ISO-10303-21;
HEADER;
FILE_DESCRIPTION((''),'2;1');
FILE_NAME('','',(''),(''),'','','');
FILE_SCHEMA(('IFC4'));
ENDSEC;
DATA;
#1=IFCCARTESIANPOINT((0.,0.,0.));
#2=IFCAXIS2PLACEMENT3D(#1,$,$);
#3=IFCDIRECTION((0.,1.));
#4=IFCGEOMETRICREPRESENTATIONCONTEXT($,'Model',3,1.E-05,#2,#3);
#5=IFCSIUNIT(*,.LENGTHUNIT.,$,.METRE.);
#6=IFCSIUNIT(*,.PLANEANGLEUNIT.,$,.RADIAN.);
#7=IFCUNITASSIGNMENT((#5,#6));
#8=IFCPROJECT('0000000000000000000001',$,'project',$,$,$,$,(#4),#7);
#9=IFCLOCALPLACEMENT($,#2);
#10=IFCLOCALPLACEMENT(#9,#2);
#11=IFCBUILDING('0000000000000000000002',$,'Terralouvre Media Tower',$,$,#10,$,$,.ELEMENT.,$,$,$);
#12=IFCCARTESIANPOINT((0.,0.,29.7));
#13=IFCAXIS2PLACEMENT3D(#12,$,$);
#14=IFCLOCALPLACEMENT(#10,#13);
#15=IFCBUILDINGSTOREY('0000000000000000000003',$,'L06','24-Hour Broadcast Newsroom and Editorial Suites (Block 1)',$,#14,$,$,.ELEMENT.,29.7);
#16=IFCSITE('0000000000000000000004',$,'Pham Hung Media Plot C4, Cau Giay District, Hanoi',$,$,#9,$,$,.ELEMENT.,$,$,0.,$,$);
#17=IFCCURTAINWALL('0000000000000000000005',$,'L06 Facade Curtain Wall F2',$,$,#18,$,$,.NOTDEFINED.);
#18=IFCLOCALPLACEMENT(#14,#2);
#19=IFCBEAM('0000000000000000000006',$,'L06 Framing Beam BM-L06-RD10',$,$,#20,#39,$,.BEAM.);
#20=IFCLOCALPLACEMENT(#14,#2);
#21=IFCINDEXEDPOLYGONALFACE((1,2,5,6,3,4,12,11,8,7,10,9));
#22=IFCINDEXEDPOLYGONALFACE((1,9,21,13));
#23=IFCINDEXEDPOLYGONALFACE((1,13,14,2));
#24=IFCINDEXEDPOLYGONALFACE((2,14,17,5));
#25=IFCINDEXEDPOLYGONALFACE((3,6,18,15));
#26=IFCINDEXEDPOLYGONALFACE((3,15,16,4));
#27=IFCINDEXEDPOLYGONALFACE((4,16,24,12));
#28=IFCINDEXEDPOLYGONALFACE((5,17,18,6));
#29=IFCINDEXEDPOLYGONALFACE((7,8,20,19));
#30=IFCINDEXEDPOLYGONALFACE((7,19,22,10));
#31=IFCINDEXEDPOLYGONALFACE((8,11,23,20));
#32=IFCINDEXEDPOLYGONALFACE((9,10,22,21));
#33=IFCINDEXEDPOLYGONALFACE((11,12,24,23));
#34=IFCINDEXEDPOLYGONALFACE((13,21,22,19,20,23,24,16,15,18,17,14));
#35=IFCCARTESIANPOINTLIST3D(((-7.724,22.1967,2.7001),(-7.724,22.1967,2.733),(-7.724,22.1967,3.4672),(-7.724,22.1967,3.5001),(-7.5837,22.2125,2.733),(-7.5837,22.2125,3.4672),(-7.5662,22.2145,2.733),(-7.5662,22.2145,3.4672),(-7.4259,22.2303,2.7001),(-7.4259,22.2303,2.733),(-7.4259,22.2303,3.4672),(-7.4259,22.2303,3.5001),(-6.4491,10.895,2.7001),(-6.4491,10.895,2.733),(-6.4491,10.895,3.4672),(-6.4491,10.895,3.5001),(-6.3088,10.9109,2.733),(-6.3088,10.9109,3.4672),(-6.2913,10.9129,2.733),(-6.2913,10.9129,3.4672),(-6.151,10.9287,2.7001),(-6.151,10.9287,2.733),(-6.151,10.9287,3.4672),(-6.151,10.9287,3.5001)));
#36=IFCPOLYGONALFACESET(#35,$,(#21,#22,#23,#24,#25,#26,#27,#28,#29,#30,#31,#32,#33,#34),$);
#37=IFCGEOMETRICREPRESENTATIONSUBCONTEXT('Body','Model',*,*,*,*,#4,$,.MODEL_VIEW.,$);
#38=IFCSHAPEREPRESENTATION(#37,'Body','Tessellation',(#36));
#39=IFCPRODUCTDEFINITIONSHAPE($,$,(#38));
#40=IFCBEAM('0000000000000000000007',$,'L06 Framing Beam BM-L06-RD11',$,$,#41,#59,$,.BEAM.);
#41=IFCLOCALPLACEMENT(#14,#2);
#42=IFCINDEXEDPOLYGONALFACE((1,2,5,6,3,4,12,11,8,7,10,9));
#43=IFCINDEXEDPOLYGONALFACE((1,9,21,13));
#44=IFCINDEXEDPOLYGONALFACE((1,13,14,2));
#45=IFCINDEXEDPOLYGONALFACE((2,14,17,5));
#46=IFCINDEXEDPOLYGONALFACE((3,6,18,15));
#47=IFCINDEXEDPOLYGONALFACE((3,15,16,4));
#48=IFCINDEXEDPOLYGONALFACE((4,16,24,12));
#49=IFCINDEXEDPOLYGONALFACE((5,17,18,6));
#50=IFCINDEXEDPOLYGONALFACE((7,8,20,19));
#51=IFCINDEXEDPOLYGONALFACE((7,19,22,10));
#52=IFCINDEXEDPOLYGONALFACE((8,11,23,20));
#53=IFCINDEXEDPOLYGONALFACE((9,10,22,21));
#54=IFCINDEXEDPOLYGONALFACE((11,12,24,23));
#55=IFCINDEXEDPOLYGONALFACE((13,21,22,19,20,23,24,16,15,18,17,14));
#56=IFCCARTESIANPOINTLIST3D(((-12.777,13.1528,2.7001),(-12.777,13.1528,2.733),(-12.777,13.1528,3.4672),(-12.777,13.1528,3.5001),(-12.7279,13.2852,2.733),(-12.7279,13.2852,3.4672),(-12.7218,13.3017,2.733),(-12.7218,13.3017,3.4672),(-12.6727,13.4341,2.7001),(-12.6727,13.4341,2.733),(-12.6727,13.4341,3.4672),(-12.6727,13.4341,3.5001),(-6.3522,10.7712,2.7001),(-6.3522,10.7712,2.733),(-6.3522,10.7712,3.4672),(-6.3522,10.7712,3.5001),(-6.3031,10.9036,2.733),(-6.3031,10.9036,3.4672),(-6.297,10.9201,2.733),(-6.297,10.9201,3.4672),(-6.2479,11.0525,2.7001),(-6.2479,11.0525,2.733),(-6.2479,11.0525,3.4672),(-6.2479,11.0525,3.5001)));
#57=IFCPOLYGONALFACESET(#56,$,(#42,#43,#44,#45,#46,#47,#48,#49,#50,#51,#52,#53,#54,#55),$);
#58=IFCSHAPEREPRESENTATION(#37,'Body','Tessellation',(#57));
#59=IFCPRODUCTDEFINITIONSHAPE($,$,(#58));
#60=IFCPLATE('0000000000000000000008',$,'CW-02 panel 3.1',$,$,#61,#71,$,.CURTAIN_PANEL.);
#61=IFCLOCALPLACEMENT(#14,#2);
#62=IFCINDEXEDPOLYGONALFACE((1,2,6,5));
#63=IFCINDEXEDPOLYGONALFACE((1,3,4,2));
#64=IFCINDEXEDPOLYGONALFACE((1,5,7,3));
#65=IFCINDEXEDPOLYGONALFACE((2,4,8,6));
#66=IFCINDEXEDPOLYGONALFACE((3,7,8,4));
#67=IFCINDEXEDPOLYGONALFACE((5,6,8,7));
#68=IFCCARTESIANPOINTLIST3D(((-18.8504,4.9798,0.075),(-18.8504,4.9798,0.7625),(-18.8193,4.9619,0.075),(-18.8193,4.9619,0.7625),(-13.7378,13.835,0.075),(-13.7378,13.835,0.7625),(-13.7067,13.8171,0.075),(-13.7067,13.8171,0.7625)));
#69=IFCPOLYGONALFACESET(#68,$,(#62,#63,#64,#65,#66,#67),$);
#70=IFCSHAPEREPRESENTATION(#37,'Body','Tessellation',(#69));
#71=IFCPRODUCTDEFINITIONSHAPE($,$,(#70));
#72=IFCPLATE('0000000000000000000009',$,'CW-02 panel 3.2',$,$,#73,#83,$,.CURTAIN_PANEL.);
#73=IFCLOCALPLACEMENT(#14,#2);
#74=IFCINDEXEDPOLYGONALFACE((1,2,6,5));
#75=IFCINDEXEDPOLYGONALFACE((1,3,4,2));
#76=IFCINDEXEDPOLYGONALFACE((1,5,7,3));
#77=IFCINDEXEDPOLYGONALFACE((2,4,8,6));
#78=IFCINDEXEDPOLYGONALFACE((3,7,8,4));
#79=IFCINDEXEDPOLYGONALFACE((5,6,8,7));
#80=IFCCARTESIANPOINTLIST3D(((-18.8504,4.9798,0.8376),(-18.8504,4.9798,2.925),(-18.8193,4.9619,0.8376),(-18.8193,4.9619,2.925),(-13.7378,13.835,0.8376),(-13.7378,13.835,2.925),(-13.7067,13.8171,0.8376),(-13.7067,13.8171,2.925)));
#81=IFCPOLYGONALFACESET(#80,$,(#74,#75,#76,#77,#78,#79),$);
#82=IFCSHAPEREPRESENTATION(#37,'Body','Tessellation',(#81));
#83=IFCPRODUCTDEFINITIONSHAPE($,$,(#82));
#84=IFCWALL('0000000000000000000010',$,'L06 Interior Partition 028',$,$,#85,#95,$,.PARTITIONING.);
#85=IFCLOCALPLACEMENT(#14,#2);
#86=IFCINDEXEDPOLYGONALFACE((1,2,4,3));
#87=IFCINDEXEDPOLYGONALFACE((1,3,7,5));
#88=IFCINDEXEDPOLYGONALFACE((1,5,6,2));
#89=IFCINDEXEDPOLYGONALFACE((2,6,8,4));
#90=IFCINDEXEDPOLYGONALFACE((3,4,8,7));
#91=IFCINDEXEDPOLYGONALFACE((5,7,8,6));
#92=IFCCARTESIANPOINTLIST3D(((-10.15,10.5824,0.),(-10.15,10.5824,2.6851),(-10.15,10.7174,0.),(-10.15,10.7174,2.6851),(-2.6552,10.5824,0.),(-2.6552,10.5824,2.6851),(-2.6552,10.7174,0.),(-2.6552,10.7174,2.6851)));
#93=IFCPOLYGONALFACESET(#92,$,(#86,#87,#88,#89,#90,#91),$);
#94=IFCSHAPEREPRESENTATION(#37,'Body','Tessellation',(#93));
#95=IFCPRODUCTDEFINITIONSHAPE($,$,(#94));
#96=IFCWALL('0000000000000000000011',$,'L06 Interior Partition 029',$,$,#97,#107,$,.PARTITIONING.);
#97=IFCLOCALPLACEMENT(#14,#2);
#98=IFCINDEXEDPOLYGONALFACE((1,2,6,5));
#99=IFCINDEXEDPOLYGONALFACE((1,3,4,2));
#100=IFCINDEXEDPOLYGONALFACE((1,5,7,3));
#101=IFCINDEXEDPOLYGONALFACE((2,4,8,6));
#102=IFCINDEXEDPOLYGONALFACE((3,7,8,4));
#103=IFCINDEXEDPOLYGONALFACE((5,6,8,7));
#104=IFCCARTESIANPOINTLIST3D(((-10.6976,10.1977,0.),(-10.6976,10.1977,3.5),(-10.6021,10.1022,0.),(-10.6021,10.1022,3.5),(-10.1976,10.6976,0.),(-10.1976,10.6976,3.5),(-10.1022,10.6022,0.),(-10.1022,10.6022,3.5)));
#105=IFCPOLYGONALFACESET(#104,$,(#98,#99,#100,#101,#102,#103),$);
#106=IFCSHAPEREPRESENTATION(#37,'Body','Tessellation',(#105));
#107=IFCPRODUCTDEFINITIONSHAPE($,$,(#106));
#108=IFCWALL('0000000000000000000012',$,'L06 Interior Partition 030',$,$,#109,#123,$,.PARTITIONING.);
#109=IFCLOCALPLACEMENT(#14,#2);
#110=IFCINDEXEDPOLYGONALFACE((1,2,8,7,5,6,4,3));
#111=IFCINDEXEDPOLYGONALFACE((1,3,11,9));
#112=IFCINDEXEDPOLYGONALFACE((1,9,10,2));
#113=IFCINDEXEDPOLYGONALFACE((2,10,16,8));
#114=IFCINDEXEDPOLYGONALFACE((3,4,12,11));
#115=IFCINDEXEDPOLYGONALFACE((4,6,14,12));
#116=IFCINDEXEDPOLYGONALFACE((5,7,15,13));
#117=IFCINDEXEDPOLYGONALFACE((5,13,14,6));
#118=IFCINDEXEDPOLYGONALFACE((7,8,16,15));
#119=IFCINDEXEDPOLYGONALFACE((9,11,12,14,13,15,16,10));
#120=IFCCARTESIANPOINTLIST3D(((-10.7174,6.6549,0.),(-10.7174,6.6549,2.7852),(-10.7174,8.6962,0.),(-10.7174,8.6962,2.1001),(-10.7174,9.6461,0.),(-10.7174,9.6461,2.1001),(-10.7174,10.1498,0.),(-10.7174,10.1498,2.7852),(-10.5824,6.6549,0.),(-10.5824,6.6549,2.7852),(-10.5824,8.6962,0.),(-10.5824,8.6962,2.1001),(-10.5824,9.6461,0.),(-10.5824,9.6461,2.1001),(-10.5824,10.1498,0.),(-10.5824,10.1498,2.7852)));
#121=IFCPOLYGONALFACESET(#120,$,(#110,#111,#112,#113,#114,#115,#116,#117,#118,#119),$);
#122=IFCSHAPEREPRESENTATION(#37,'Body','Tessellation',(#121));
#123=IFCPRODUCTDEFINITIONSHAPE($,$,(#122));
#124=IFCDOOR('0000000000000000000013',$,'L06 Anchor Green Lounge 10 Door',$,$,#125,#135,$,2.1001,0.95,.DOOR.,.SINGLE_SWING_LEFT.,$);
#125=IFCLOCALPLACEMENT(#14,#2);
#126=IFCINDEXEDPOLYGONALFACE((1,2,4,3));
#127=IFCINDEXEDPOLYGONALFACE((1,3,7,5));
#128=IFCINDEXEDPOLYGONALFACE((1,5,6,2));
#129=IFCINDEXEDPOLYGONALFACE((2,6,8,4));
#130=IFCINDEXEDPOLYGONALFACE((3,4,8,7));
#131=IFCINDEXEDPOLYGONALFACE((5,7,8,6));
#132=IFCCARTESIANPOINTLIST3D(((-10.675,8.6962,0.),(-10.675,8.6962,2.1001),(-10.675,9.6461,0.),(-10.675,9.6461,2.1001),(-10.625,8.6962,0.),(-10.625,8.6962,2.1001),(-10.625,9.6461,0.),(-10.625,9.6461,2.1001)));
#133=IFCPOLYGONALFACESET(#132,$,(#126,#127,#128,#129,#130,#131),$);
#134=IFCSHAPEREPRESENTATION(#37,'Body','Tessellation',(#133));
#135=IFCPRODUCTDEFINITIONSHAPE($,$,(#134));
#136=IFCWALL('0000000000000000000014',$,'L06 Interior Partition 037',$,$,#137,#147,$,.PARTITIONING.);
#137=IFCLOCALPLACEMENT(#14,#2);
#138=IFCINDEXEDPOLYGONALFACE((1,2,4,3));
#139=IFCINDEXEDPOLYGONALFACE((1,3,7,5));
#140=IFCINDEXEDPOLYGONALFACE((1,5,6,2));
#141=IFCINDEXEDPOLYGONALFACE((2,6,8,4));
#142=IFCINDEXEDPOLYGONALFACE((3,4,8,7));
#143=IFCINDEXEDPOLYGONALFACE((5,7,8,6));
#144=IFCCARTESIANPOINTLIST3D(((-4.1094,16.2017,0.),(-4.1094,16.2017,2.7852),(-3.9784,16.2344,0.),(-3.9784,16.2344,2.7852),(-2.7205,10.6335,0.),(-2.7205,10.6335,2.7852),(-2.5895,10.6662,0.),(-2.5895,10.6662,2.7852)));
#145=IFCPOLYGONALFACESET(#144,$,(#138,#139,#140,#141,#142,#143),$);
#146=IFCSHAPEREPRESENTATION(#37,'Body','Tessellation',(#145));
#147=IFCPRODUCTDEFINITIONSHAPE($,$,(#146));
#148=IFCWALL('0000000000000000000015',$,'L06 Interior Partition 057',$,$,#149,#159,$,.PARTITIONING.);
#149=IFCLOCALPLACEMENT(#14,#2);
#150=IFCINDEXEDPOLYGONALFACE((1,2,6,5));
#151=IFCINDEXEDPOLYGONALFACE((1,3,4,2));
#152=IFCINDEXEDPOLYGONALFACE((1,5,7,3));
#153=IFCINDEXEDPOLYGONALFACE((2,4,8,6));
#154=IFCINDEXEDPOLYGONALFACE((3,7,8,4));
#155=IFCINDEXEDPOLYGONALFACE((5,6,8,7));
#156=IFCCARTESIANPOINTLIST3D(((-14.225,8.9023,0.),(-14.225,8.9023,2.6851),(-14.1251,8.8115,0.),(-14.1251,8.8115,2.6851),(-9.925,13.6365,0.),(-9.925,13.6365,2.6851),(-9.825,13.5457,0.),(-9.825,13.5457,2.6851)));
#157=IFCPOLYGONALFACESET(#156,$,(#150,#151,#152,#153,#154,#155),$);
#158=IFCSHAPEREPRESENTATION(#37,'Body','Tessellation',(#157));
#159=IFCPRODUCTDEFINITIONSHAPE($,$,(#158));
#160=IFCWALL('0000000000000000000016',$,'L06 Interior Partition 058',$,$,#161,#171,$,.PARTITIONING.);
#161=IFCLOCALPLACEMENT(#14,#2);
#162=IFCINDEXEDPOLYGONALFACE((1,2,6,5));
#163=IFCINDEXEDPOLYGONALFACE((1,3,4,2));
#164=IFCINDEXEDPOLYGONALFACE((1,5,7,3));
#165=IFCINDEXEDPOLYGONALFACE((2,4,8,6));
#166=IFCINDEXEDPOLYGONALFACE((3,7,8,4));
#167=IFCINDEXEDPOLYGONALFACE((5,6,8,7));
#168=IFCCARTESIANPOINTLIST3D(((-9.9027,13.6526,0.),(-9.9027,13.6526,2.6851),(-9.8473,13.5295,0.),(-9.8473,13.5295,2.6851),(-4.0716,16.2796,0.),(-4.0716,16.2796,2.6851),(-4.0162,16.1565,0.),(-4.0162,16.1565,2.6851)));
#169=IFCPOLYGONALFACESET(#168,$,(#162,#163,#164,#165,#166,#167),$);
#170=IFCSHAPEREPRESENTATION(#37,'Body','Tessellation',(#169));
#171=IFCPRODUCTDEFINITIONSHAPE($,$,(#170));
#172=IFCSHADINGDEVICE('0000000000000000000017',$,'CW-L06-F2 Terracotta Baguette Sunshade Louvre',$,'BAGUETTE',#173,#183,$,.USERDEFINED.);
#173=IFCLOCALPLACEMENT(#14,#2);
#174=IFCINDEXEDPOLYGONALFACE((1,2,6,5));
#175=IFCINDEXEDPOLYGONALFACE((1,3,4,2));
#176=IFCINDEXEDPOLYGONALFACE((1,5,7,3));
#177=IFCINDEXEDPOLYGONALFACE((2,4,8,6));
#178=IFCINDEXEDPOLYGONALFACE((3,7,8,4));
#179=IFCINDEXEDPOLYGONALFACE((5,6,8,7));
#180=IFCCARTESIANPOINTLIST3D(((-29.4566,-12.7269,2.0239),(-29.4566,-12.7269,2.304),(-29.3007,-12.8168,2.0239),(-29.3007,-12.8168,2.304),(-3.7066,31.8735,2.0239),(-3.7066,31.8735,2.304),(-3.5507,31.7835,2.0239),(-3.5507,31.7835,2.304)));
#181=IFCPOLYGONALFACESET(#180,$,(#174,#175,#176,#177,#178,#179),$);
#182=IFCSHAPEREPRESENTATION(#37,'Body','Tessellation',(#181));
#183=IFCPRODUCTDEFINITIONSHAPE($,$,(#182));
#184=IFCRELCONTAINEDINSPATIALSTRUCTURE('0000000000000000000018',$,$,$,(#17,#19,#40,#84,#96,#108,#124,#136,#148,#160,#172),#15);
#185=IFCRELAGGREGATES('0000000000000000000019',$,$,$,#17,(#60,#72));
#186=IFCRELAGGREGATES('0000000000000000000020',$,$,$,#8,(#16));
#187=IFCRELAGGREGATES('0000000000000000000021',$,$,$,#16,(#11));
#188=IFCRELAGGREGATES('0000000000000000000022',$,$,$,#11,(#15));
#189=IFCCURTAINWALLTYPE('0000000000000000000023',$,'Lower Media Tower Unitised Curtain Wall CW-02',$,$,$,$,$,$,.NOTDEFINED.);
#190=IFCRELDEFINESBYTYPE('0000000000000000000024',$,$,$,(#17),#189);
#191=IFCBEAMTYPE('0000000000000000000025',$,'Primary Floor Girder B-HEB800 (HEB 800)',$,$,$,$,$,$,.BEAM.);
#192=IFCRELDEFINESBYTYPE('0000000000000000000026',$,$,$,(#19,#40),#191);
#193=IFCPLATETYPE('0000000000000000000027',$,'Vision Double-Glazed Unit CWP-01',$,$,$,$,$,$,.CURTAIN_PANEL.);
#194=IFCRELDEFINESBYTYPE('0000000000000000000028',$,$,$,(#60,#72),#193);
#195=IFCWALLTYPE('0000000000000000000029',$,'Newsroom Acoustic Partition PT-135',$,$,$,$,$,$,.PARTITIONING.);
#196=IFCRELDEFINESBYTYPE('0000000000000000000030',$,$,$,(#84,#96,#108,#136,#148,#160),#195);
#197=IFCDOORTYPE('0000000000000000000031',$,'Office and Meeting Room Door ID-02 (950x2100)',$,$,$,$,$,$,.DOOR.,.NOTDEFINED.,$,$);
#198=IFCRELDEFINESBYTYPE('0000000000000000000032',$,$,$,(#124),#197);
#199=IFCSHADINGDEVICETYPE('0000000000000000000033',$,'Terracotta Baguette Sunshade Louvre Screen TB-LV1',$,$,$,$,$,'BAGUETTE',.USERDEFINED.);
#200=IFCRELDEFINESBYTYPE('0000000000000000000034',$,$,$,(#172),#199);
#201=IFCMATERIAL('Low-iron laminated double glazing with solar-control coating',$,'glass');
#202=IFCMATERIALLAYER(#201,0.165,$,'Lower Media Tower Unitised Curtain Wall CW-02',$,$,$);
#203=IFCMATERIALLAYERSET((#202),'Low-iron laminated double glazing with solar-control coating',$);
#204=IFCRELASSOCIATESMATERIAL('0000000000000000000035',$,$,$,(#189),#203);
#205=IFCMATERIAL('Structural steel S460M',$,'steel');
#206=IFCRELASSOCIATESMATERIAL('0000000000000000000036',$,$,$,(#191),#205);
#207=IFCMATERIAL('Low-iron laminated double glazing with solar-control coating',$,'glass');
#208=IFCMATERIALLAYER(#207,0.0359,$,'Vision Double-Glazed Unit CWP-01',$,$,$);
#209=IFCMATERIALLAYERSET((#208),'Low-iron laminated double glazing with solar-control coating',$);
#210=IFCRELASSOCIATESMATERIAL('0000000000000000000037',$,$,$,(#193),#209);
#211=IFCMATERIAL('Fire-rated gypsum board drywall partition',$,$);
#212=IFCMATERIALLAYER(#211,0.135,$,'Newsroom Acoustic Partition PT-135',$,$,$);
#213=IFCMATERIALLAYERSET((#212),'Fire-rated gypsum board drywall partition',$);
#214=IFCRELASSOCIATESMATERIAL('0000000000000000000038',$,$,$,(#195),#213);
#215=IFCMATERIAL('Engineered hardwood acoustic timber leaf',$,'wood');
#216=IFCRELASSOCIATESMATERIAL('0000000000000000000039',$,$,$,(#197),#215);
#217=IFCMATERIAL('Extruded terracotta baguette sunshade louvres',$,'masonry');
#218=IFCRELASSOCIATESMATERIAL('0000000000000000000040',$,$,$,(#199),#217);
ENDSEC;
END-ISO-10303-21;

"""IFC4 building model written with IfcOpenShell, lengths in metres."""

from ifc_helpers import new_model, si_unit, direction, frame, frame_2d, origin, origin_2d, place, context, subcontext, project, spatial, rectangle, i_section, extrude, material, layer, layer_set, material_profile, profile_set, type_object, element, fill, aggregate, save


model = new_model("IFC4")

# Units and contexts
model_context = context("Model", 3, precision=1e-05, world=origin(), true_north=direction((0.0, 1.0)))
body_context = subcontext(model_context, "Body", "Model", "MODEL_VIEW")
ifc_project = project(units=[si_unit("LENGTHUNIT", "METRE"), si_unit("PLANEANGLEUNIT", "RADIAN")], contexts=[model_context])

# Site, building, storey
site_placement = place(None, origin())
site = spatial("IfcSite", under=ifc_project, at=site_placement, Name="Pham Hung Media Plot C4, Cau Giay District, Hanoi", CompositionType="ELEMENT", RefElevation=0.0)
building_placement = place(site_placement, origin())
building = spatial("IfcBuilding", under=site, at=building_placement, Name="Terralouvre Media Tower", CompositionType="ELEMENT")
storey_placement = place(building_placement, frame((0.0, 0.0, 29.7)))
storey = spatial("IfcBuildingStorey", under=building, at=storey_placement, Name="L06", Description="24-Hour Broadcast Newsroom and Editorial Suites (Block 1)", CompositionType="ELEMENT", Elevation=29.7)

# Curtain wall
ifc_material_1 = material(Name="Low-iron laminated double glazing with solar-control coating", Category="glass")
ifc_layer_1 = layer(ifc_material_1, 0.165, Name="Lower Media Tower Unitised Curtain Wall CW-02")
ifc_layer_set_1 = layer_set([ifc_layer_1], Name="Low-iron laminated double glazing with solar-control coating")
curtain_wall_type = type_object("IfcCurtainWallType", Name="Lower Media Tower Unitised Curtain Wall CW-02", PredefinedType="NOTDEFINED", material=ifc_layer_set_1)
curtain_wall_placement = place(storey_placement, origin())
curtain_wall = element("IfcCurtainWall", 1, at=curtain_wall_placement, inside=storey, type_object=curtain_wall_type, Name="L06 Facade Curtain Wall F2", PredefinedType="NOTDEFINED")

# Beams
ifc_material_2 = material(Name="Structural steel S460M", Category="steel")
ifc_material_profile_1 = material_profile(ifc_material_2, i_section(OverallWidth=0.3, OverallDepth=0.8, WebThickness=0.0176, FlangeThickness=0.033, at=origin_2d()), Name="HEB 800")
ifc_profile_set_1 = profile_set([ifc_material_profile_1], Name="Structural steel S460M")
beam_type_1 = type_object("IfcBeamType", Name="Primary Floor Girder B-HEB800 (HEB 800)", PredefinedType="BEAM", material=ifc_profile_set_1)
beam_1_placement = place(storey_placement, frame((-6.3, 10.9119, 3.1001), z_axis=(-0.112097, 0.993697, 0.0), x_axis=(-0.993697, -0.112097, 0.0)))
element("IfcBeam", 2, at=beam_1_placement, inside=storey, type_object=beam_type_1, Name="L06 Framing Beam BM-L06-RD10", PredefinedType="BEAM", context=body_context, shape_type="SweptSolid", body=[
    extrude(i_section(OverallWidth=0.3, OverallDepth=0.8, WebThickness=0.0176, FlangeThickness=0.033, at=origin_2d()), origin(), (0.0, 0.0, 1.0), 11.3733),
])
beam_2_placement = place(storey_placement, frame((-6.3, 10.9119, 3.1001), z_axis=(-0.937652, 0.347575, 0.0), x_axis=(-0.347575, -0.937652, 0.0)))
element("IfcBeam", 3, at=beam_2_placement, inside=storey, type_object=beam_type_1, Name="L06 Framing Beam BM-L06-RD11", PredefinedType="BEAM", context=body_context, shape_type="SweptSolid", body=[
    extrude(i_section(OverallWidth=0.3, OverallDepth=0.8, WebThickness=0.0176, FlangeThickness=0.033, at=origin_2d()), origin(), (0.0, 0.0, 1.0), 6.8521),
])

# Plates
ifc_material_3 = material(Name="Low-iron laminated double glazing with solar-control coating", Category="glass")
ifc_layer_2 = layer(ifc_material_3, 0.0359, Name="Vision Double-Glazed Unit CWP-01")
ifc_layer_set_2 = layer_set([ifc_layer_2], Name="Low-iron laminated double glazing with solar-control coating")
plate_type = type_object("IfcPlateType", Name="Vision Double-Glazed Unit CWP-01", PredefinedType="CURTAIN_PANEL", material=ifc_layer_set_2)
plate_1_placement = place(storey_placement, frame((-16.2786, 9.3984, 0.075), z_axis=(0.0, 0.0, 1.0), x_axis=(-0.5, -0.866025, 0.0)))
plate_1 = element("IfcPlate", 4, at=plate_1_placement, type_object=plate_type, Name="CW-02 panel 3.1", PredefinedType="CURTAIN_PANEL", context=body_context, shape_type="SweptSolid", body=[
    extrude(rectangle(XDim=10.2251, YDim=0.0359, at=origin_2d()), origin(), (0.0, 0.0, 1.0), 0.6875),
])
plate_2_placement = place(storey_placement, frame((-16.2786, 9.3984, 0.8376), z_axis=(0.0, 0.0, 1.0), x_axis=(-0.5, -0.866025, 0.0)))
plate_2 = element("IfcPlate", 5, at=plate_2_placement, type_object=plate_type, Name="CW-02 panel 3.2", PredefinedType="CURTAIN_PANEL", context=body_context, shape_type="SweptSolid", body=[
    extrude(rectangle(XDim=10.2251, YDim=0.0359, at=origin_2d()), origin(), (0.0, 0.0, 1.0), 2.0874),
])
aggregate(curtain_wall, [plate_1, plate_2])

# Walls
ifc_material_4 = material(Name="Fire-rated gypsum board drywall partition")
ifc_layer_3 = layer(ifc_material_4, 0.135, Name="Newsroom Acoustic Partition PT-135")
ifc_layer_set_3 = layer_set([ifc_layer_3], Name="Fire-rated gypsum board drywall partition")
wall_type = type_object("IfcWallType", Name="Newsroom Acoustic Partition PT-135", PredefinedType="PARTITIONING", material=ifc_layer_set_3)
wall_1_placement = place(storey_placement, frame((-2.655, 10.6499, 0.0), z_axis=(0.0, 0.0, 1.0), x_axis=(-1.0, 0.0, 0.0)))
element("IfcWall", 6, at=wall_1_placement, inside=storey, type_object=wall_type, Name="L06 Interior Partition 028", PredefinedType="PARTITIONING", context=body_context, shape_type="SweptSolid", body=[
    extrude(rectangle(XDim=7.4949, YDim=0.135, at=frame_2d((3.7476, 0.0))), origin(), (0.0, 0.0, 1.0), 2.6851),
])
wall_2_placement = place(storey_placement, frame((-10.1499, 10.6499, 0.0), z_axis=(0.0, 0.0, 1.0), x_axis=(-0.707107, -0.707107, 0.0)))
element("IfcWall", 7, at=wall_2_placement, inside=storey, type_object=wall_type, Name="L06 Interior Partition 029", PredefinedType="PARTITIONING", context=body_context, shape_type="SweptSolid", body=[
    extrude(rectangle(XDim=0.707, YDim=0.135, at=frame_2d((0.3535, 0.0))), origin(), (0.0, 0.0, 1.0), 3.5),
])

# Wall, opening, door
wall_3_placement = place(storey_placement, frame((-10.6499, 10.1499, 0.0), z_axis=(0.0, 0.0, 1.0), x_axis=(0.0, -1.0, 0.0)))
wall_3 = element("IfcWall", 8, at=wall_3_placement, inside=storey, type_object=wall_type, Name="L06 Interior Partition 030", PredefinedType="PARTITIONING", context=body_context, shape_type="SweptSolid", body=[
    extrude(rectangle(XDim=3.4949, YDim=0.135, at=frame_2d((1.7476, 0.0))), origin(), (0.0, 0.0, 1.0), 2.7852),
])
opening_placement = place(wall_3_placement, frame((0.5037, 0.0, 0.0)))
opening = element("IfcOpeningElement", 9, at=opening_placement, cuts=wall_3, PredefinedType="OPENING", context=body_context, shape_type="SweptSolid", body=[
    extrude(rectangle(XDim=0.95, YDim=2.1001, at=frame_2d((0.4751, 1.05))), frame((0.0, 0.0774, 0.0), z_axis=(0.0, -1.0, 0.0), x_axis=(1.0, 0.0, 0.0)), (0.0, 0.0, 1.0), 0.155),
])
ifc_material_5 = material(Name="Engineered hardwood acoustic timber leaf", Category="wood")
door_type = type_object("IfcDoorType", Name="Office and Meeting Room Door ID-02 (950x2100)", OperationType="NOTDEFINED", PredefinedType="DOOR", material=ifc_material_5)
door_placement = place(opening_placement, origin())
door = element("IfcDoor", 10, at=door_placement, inside=storey, type_object=door_type, Name="L06 Anchor Green Lounge 10 Door", OperationType="SINGLE_SWING_LEFT", OverallHeight=2.1001, OverallWidth=0.95, PredefinedType="DOOR", context=body_context, shape_type="SweptSolid", body=[
    extrude(rectangle(XDim=0.95, YDim=2.1001, at=frame_2d((0.4751, 1.05))), frame((0.0, 0.0249, 0.0), z_axis=(0.0, -1.0, 0.0), x_axis=(1.0, 0.0, 0.0)), (0.0, 0.0, 1.0), 0.05),
])
fill(opening, door)

# Walls
wall_4_placement = place(storey_placement, frame((-4.0439, 16.218, 0.0), z_axis=(0.0, 0.0, 1.0), x_axis=(0.242025, -0.97027, 0.0)))
element("IfcWall", 11, at=wall_4_placement, inside=storey, type_object=wall_type, Name="L06 Interior Partition 037", PredefinedType="PARTITIONING", context=body_context, shape_type="SweptSolid", body=[
    extrude(rectangle(XDim=5.7388, YDim=0.135, at=frame_2d((2.8694, 0.0))), origin(), (0.0, 0.0, 1.0), 2.7852),
])
for number, where, z_axis, x_axis, name in (
    (12, (-14.175, 8.8569, 0.0), (0.0, 0.0, 1.0), (0.672355, 0.740228, 0.0), "L06 Interior Partition 057"),
    (13, (-9.875, 13.5911, 0.0), (0.0, 0.0, 1.0), (0.911747, 0.410752, 0.0), "L06 Interior Partition 058"),
):
    element("IfcWall", number, at=place(storey_placement, frame(where, z_axis=z_axis, x_axis=x_axis)), inside=storey, type_object=wall_type, Name=name, PredefinedType="PARTITIONING", context=body_context, shape_type="SweptSolid", body=[
        extrude(rectangle(XDim=6.3955, YDim=0.135, at=frame_2d((3.1978, 0.0))), origin(), (0.0, 0.0, 1.0), 2.6851),
    ])

# Shading device
ifc_material_6 = material(Name="Extruded terracotta baguette sunshade louvres", Category="masonry")
shading_device_type = type_object("IfcShadingDeviceType", Name="Terracotta Baguette Sunshade Louvre Screen TB-LV1", ElementType="BAGUETTE", PredefinedType="USERDEFINED", material=ifc_material_6)
shading_device_placement = place(storey_placement, frame((-16.5037, 9.5283, 2.0239), z_axis=(0.0, 0.0, 1.0), x_axis=(-0.5, -0.866025, 0.0)))
element("IfcShadingDevice", 14, at=shading_device_placement, inside=storey, type_object=shading_device_type, Name="CW-L06-F2 Terracotta Baguette Sunshade Louvre", ObjectType="BAGUETTE", PredefinedType="USERDEFINED", context=body_context, shape_type="SweptSolid", body=[
    extrude(rectangle(XDim=51.5, YDim=0.1799, at=origin_2d()), origin(), (0.0, 0.0, 1.0), 0.28),
])

save(model, "model.ifc")
